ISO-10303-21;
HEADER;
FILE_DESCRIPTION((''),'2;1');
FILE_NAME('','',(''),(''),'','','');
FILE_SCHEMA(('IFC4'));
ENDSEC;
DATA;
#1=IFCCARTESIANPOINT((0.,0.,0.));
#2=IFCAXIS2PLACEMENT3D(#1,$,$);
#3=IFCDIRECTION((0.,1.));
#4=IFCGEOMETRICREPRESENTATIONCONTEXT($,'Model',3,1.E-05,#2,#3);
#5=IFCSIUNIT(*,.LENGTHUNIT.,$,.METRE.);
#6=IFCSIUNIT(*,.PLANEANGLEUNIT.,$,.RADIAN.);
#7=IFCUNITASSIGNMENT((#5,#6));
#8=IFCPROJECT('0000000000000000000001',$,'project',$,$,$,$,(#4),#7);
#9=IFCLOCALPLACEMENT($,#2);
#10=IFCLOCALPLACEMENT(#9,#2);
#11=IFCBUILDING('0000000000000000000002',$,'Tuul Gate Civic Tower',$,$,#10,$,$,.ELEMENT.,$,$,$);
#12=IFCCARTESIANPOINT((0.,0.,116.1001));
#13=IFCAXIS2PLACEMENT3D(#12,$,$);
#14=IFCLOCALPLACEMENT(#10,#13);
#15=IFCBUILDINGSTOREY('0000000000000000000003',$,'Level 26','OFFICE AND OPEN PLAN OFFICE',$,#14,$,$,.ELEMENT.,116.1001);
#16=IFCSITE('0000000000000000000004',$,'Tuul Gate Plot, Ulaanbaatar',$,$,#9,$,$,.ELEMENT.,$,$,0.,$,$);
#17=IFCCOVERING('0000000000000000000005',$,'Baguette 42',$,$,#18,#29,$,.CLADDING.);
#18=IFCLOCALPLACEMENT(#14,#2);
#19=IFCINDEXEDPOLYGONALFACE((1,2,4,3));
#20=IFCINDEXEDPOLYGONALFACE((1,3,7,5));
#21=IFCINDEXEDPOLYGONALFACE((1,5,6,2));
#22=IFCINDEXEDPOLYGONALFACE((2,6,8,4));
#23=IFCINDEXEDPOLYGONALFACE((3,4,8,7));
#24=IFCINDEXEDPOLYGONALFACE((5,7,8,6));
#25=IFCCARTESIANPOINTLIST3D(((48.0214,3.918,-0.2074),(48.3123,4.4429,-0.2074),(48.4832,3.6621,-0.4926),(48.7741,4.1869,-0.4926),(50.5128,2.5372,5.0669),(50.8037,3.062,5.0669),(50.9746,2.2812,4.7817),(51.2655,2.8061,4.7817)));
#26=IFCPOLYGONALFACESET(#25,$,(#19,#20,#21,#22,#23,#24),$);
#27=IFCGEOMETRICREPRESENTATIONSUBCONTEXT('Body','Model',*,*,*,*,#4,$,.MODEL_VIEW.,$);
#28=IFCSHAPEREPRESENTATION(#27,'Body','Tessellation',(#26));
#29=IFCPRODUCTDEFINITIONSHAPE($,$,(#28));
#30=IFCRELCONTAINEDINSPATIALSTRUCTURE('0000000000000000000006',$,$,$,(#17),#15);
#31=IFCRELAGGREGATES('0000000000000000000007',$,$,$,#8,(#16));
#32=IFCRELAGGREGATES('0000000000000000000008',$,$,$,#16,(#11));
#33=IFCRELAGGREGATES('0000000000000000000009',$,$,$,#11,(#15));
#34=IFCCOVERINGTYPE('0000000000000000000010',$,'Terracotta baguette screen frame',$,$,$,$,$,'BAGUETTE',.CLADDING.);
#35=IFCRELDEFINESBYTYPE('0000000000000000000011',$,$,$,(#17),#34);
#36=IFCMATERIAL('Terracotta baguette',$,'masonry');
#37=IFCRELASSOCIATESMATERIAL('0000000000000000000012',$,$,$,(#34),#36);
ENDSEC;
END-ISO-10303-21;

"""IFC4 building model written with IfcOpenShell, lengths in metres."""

from ifc_helpers import new_model, si_unit, direction, frame, origin, origin_2d, place, context, subcontext, project, spatial, rectangle, extrude, material, material_profile, profile_set, type_object, element, save


model = new_model("IFC4")

# Units and contexts
model_context = context("Model", 3, precision=1e-05, world=origin(), true_north=direction((0.0, 1.0)))
body_context = subcontext(model_context, "Body", "Model", "MODEL_VIEW")
ifc_project = project(units=[si_unit("LENGTHUNIT", "METRE"), si_unit("PLANEANGLEUNIT", "RADIAN")], contexts=[model_context])

# Site, building, storey
site_placement = place(None, origin())
site = spatial("IfcSite", under=ifc_project, at=site_placement, Name="Tuul Gate Plot, Ulaanbaatar", CompositionType="ELEMENT", RefElevation=0.0)
building_placement = place(site_placement, origin())
building = spatial("IfcBuilding", under=site, at=building_placement, Name="Tuul Gate Civic Tower", CompositionType="ELEMENT")
storey_placement = place(building_placement, frame((0.0, 0.0, 116.1001)))
storey = spatial("IfcBuildingStorey", under=building, at=storey_placement, Name="Level 26", Description="OFFICE AND OPEN PLAN OFFICE", CompositionType="ELEMENT", Elevation=116.1001)

# Covering
ifc_material_1 = material(Name="Terracotta baguette", Category="masonry")
ifc_material_profile_1 = material_profile(ifc_material_1, rectangle(XDim=0.6001, YDim=0.6001, at=origin_2d()), Name="Terracotta baguette screen frame")
ifc_profile_set_1 = profile_set([ifc_material_profile_1], Name="Terracotta baguette")
covering_type = type_object("IfcCoveringType", Name="Terracotta baguette screen frame", ElementType="BAGUETTE", PredefinedType="CLADDING", material=ifc_profile_set_1)
covering_1_placement = place(storey_placement, frame((50.8892, 2.6716, 4.9243), z_axis=(-0.415626, 0.230356, -0.879881), x_axis=(-0.484762, -0.874646, 0.0)))
element("IfcCovering", 1, at=covering_1_placement, inside=storey, type_object=covering_type, Name="Baguette 42", PredefinedType="CLADDING", context=body_context, shape_type="SweptSolid", body=[
    extrude(rectangle(XDim=0.6001, YDim=0.6001, at=origin_2d()), origin(), (0.0, 0.0, 1.0), 5.9944),
])

save(model, "model.ifc")
